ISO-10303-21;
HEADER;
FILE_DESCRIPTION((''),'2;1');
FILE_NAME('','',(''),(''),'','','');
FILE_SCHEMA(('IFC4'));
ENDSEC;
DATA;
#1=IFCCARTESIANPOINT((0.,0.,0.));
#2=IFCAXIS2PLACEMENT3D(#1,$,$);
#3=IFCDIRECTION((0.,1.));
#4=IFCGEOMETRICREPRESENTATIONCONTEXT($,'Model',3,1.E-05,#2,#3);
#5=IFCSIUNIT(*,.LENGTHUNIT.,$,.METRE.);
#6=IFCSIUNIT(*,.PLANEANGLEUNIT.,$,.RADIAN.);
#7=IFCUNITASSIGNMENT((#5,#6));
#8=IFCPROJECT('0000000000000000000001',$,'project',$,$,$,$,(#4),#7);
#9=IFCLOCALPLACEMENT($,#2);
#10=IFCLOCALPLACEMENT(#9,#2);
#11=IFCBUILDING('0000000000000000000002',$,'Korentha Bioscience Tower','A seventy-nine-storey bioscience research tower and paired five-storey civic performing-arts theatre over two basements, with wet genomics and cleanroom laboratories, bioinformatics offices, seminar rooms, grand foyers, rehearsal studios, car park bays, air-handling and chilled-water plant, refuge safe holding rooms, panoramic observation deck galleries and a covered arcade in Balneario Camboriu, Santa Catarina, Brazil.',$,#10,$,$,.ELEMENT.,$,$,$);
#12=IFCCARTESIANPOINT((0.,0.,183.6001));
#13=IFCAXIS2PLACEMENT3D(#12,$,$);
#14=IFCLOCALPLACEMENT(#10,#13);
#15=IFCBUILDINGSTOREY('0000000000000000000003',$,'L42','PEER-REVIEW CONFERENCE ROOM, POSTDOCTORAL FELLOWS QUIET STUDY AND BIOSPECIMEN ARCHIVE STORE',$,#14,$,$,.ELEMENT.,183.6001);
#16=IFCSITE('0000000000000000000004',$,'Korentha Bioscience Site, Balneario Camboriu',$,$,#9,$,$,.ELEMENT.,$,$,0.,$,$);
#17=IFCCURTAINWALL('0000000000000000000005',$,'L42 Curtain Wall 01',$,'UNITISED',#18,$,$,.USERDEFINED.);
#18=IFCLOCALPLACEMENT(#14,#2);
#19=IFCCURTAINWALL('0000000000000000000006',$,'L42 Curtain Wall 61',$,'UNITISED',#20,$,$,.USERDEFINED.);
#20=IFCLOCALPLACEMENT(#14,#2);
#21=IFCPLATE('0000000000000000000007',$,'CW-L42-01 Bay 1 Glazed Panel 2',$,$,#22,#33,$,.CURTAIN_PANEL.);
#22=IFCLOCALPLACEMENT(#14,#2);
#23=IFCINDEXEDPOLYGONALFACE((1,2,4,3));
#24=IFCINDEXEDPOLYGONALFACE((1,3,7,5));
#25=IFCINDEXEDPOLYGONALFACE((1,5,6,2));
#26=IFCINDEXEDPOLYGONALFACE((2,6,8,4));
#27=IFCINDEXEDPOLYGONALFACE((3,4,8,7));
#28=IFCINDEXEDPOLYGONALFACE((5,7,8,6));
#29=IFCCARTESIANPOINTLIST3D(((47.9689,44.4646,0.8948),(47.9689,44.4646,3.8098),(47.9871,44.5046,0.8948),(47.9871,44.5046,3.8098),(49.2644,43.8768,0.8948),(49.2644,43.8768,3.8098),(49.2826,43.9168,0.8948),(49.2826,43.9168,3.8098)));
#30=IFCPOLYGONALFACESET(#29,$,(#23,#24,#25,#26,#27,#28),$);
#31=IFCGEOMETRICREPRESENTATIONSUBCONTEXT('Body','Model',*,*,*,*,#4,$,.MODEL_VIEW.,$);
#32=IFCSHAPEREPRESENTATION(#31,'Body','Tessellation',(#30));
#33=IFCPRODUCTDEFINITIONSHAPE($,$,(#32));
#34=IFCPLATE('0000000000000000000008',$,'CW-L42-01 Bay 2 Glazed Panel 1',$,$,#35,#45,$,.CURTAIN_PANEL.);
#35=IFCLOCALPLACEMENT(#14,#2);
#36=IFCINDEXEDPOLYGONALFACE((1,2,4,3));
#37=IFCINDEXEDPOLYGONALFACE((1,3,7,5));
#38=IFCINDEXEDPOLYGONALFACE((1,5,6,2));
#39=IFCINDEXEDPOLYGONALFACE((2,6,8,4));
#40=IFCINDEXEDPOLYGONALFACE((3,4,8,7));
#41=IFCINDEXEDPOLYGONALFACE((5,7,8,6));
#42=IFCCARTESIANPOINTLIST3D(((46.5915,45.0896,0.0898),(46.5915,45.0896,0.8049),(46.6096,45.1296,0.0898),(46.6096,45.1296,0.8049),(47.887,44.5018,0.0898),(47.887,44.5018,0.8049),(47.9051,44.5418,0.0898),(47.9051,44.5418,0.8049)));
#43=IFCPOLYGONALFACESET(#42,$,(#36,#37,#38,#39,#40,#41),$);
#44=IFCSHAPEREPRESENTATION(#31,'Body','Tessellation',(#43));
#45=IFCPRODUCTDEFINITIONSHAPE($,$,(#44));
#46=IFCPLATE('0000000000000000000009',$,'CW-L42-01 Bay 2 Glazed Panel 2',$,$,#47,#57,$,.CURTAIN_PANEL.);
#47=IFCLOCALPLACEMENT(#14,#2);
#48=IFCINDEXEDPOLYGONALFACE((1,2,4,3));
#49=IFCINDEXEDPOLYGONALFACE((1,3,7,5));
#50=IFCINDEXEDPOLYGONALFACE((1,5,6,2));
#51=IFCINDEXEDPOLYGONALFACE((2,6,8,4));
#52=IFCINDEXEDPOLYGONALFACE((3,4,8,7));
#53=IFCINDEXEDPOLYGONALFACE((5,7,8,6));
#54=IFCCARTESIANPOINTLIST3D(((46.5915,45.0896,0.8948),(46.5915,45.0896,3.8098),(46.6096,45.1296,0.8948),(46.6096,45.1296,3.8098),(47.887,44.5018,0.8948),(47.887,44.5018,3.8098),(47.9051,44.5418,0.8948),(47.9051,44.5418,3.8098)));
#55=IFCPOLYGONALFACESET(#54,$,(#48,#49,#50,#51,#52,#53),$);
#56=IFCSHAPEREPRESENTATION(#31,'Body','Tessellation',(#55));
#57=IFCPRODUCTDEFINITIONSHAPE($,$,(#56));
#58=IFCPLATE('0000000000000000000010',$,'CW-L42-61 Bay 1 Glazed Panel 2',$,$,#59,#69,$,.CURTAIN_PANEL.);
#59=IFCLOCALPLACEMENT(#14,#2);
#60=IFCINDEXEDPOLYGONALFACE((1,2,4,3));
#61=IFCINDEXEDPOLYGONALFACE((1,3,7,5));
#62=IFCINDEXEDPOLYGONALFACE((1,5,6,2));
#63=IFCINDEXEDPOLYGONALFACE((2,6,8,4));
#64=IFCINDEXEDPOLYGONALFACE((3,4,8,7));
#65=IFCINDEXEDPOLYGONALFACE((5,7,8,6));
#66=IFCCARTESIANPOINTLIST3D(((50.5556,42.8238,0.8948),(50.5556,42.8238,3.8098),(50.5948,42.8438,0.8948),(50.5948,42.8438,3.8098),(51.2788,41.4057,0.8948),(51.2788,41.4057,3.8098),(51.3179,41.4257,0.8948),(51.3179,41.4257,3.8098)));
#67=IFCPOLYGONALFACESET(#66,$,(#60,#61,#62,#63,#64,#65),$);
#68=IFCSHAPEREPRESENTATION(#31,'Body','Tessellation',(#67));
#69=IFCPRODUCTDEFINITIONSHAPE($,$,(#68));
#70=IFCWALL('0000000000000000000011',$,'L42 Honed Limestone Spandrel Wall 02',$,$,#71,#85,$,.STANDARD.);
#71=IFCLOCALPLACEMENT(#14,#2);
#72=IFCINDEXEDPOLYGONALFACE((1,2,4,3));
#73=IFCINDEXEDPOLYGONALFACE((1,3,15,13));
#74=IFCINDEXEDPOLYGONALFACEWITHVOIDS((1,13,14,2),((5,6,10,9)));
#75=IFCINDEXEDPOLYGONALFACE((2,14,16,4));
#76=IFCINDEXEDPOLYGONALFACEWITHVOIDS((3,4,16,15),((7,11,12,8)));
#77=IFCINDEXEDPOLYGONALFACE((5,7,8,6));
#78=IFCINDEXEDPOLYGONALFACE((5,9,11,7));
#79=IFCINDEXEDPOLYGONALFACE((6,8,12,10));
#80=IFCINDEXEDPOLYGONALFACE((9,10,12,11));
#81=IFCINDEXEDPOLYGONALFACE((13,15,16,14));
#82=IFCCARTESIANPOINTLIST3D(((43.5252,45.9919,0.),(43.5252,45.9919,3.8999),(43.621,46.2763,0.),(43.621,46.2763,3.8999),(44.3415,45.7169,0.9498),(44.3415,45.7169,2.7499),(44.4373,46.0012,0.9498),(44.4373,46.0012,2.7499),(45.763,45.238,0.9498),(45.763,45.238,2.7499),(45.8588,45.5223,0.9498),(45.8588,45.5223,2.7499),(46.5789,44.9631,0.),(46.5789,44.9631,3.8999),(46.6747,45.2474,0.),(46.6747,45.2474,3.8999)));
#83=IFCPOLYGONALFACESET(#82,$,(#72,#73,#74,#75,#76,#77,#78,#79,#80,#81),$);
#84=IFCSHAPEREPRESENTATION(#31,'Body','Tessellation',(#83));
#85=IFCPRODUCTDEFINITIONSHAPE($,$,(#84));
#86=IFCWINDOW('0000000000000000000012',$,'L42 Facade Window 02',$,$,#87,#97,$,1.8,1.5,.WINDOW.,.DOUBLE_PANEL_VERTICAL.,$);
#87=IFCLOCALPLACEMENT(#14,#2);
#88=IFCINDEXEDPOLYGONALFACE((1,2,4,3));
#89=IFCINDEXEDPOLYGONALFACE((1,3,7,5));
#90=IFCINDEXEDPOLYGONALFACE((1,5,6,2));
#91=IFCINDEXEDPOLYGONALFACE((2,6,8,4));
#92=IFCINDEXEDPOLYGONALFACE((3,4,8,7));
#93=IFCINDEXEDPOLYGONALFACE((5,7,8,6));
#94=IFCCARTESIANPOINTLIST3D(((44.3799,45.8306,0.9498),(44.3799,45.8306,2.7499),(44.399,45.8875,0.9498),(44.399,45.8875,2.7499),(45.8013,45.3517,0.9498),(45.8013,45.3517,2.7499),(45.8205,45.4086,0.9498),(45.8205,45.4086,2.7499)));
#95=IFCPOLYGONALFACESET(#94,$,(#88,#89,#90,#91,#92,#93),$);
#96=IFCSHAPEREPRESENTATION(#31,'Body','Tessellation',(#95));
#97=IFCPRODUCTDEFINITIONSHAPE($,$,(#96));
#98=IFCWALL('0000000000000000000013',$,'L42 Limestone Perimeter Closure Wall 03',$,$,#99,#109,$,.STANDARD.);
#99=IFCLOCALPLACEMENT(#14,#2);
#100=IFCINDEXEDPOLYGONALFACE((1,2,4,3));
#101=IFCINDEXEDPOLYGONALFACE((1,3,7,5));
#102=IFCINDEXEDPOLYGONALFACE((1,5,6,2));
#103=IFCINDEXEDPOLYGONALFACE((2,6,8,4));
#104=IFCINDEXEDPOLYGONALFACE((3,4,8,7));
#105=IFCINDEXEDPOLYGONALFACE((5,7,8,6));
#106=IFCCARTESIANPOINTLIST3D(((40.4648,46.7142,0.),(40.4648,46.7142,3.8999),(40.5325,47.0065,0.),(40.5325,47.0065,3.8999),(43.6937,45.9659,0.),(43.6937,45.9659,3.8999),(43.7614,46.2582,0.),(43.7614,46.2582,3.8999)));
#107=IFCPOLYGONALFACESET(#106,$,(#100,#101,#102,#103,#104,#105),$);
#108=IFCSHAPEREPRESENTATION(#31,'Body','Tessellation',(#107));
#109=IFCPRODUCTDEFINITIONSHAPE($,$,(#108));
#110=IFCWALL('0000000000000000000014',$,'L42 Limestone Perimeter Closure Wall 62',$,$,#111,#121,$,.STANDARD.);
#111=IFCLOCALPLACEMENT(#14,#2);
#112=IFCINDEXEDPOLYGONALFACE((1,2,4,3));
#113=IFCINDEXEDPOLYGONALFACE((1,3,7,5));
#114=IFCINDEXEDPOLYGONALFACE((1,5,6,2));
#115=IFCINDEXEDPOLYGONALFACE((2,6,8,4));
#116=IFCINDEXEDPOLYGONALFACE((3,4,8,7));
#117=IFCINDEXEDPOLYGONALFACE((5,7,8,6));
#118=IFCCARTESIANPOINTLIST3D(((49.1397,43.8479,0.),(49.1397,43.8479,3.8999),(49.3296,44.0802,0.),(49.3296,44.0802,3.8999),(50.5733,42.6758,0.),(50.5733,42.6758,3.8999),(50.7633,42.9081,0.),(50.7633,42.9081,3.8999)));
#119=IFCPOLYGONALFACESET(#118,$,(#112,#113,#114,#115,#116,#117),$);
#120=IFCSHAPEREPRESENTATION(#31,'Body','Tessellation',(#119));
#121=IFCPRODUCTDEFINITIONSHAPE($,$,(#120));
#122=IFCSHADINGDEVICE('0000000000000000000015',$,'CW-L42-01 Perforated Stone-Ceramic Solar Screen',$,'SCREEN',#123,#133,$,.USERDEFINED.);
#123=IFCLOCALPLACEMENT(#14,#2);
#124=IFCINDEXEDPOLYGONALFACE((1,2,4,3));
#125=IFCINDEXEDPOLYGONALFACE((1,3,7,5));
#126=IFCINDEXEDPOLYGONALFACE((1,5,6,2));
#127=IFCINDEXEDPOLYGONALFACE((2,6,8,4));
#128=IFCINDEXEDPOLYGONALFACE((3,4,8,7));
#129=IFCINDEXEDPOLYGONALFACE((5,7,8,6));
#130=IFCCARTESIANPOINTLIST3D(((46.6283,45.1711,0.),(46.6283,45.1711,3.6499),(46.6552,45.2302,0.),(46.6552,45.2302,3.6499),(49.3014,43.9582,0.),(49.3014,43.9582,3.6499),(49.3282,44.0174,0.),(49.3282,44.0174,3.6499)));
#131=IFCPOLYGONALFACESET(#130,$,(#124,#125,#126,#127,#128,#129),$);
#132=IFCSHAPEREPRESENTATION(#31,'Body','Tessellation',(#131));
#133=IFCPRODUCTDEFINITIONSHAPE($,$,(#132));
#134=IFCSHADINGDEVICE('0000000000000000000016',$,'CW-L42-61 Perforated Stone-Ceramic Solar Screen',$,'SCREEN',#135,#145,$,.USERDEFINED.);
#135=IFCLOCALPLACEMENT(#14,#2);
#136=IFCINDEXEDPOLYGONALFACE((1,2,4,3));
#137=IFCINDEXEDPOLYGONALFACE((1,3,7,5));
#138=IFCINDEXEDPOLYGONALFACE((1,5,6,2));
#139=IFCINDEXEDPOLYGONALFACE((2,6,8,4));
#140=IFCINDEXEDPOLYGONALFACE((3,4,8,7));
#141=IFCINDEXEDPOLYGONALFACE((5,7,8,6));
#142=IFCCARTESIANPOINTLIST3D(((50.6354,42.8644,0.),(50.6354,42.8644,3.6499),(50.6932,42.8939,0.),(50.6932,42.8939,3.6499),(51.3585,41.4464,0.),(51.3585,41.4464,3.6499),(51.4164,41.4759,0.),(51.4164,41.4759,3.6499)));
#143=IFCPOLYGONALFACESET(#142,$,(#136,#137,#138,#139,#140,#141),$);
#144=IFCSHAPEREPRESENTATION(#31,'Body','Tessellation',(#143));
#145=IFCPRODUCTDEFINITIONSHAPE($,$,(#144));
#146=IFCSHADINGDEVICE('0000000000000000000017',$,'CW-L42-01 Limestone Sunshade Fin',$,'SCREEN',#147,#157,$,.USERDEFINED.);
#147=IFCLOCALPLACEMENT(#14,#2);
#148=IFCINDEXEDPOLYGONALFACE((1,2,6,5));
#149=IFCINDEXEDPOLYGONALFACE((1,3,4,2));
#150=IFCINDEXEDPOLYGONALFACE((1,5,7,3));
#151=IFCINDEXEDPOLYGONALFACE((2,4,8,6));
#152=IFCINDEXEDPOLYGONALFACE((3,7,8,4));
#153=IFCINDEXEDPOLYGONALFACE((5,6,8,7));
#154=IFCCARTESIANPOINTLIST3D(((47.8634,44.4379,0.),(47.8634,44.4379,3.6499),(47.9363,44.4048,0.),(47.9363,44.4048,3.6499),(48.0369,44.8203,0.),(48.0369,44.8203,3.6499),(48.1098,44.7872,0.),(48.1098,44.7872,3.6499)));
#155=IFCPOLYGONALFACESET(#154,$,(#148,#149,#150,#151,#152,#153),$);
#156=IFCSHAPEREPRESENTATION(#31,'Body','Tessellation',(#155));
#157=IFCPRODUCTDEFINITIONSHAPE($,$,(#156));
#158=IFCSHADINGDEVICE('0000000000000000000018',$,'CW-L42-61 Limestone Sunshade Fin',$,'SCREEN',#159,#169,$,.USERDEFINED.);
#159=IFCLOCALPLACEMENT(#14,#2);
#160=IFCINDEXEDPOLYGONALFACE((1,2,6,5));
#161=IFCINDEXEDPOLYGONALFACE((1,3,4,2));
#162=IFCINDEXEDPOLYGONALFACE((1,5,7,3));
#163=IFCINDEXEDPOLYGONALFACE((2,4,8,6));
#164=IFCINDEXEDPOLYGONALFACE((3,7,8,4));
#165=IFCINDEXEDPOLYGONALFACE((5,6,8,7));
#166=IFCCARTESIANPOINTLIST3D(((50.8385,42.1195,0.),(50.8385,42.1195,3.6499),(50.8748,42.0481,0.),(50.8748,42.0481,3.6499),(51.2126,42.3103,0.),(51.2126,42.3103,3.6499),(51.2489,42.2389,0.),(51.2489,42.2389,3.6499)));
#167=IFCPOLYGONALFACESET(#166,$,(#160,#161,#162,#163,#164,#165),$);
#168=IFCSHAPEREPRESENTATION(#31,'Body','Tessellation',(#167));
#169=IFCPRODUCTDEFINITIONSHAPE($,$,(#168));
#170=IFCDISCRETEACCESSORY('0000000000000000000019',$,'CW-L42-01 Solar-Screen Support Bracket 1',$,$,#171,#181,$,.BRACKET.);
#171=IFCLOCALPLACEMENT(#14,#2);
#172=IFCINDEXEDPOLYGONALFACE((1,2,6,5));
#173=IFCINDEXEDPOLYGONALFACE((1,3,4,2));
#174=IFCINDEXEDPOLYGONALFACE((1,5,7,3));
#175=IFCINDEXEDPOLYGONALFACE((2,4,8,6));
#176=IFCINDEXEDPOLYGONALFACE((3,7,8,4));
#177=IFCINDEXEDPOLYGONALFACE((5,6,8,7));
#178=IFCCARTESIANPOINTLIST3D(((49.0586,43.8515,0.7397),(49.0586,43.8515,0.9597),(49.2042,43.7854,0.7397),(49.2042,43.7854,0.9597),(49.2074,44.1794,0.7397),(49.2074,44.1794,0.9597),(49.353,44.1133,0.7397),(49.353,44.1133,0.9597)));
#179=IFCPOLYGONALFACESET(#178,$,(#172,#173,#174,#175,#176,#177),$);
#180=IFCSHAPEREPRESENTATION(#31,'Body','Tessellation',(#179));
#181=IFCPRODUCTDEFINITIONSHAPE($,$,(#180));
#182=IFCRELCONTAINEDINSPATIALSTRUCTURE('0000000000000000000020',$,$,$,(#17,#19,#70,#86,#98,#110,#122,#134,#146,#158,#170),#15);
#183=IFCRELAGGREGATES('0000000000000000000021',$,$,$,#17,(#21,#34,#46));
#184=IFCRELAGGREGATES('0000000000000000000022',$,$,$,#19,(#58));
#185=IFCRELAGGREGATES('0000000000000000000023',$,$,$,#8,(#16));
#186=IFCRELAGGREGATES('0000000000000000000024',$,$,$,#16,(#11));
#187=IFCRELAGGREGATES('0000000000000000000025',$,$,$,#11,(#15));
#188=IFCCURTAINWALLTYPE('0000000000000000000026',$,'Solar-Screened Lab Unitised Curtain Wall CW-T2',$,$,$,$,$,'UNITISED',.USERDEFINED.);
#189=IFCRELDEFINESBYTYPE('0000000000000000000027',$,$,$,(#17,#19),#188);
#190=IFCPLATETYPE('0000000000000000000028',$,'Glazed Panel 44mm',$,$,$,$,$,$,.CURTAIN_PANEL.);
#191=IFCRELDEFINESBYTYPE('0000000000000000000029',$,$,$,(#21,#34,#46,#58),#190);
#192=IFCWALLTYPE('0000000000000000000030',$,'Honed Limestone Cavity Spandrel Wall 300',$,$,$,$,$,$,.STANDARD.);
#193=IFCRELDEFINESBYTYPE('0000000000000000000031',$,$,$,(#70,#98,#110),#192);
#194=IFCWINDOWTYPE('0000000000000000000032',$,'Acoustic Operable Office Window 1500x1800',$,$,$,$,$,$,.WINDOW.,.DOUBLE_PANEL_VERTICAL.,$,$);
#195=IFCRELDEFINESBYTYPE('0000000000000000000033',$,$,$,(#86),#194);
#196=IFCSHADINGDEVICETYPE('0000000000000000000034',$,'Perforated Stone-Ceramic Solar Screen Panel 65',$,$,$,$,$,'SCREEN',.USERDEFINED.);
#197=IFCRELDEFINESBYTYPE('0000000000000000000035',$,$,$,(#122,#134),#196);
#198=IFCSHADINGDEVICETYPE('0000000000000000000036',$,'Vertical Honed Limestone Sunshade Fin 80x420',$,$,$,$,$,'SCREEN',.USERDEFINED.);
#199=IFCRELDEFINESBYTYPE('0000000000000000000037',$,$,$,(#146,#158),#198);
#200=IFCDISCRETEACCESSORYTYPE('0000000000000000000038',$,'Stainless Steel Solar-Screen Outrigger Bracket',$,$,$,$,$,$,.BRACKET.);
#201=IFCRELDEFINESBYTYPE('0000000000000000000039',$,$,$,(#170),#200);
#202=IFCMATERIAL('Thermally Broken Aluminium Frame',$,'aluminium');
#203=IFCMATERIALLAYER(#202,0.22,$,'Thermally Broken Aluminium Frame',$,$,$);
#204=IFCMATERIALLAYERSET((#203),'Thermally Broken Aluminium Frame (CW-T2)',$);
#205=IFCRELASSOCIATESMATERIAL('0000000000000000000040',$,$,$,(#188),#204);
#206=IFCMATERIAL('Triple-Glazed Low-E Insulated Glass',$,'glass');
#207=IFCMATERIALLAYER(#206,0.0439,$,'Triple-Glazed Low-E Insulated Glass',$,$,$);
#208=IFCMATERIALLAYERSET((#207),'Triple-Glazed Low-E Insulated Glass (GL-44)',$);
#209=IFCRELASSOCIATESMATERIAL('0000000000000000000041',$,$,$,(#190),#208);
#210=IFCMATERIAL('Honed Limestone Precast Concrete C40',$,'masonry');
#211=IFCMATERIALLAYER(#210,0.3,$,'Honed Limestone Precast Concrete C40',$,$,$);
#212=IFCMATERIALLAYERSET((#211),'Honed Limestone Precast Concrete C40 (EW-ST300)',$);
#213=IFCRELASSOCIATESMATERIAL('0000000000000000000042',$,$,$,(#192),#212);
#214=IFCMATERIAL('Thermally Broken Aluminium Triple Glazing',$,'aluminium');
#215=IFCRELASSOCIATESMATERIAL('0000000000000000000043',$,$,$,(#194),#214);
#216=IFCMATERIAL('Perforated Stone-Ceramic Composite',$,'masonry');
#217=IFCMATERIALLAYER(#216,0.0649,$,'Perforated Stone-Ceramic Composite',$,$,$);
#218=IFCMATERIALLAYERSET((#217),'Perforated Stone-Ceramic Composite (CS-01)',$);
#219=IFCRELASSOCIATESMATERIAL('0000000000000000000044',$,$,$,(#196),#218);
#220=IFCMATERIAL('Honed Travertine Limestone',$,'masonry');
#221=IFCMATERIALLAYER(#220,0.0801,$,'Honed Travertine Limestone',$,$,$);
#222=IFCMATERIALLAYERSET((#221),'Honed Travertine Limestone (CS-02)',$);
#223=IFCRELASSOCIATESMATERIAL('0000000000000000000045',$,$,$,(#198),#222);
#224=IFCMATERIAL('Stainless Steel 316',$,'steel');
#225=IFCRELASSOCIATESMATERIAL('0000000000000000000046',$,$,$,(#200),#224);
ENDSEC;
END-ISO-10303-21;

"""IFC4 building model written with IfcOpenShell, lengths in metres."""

from ifc_helpers import new_model, si_unit, direction, frame, frame_2d, origin, origin_2d, place, context, subcontext, project, spatial, rectangle, extrude, material, layer, layer_set, type_object, element, fill, aggregate, save


model = new_model("IFC4")

# Units and contexts
model_context = context("Model", 3, precision=1e-05, world=origin(), true_north=direction((0.0, 1.0)))
body_context = subcontext(model_context, "Body", "Model", "MODEL_VIEW")
ifc_project = project(units=[si_unit("LENGTHUNIT", "METRE"), si_unit("PLANEANGLEUNIT", "RADIAN")], contexts=[model_context])

# Site, building, storey
site_placement = place(None, origin())
site = spatial("IfcSite", under=ifc_project, at=site_placement, Name="Korentha Bioscience Site, Balneario Camboriu", CompositionType="ELEMENT", RefElevation=0.0)
building_placement = place(site_placement, origin())
building = spatial("IfcBuilding", under=site, at=building_placement, Name="Korentha Bioscience Tower", Description="A seventy-nine-storey bioscience research tower and paired five-storey civic performing-arts theatre over two basements, with wet genomics and cleanroom laboratories, bioinformatics offices, seminar rooms, grand foyers, rehearsal studios, car park bays, air-handling and chilled-water plant, refuge safe holding rooms, panoramic observation deck galleries and a covered arcade in Balneario Camboriu, Santa Catarina, Brazil.", CompositionType="ELEMENT")
storey_placement = place(building_placement, frame((0.0, 0.0, 183.6001)))
storey = spatial("IfcBuildingStorey", under=building, at=storey_placement, Name="L42", Description="PEER-REVIEW CONFERENCE ROOM, POSTDOCTORAL FELLOWS QUIET STUDY AND BIOSPECIMEN ARCHIVE STORE", CompositionType="ELEMENT", Elevation=183.6001)

# Curtain wall
ifc_material_1 = material(Name="Thermally Broken Aluminium Frame", Category="aluminium")
ifc_layer_1 = layer(ifc_material_1, 0.22, Name="Thermally Broken Aluminium Frame")
ifc_layer_set_1 = layer_set([ifc_layer_1], Name="Thermally Broken Aluminium Frame (CW-T2)")
curtain_wall_type = type_object("IfcCurtainWallType", Name="Solar-Screened Lab Unitised Curtain Wall CW-T2", ElementType="UNITISED", PredefinedType="USERDEFINED", material=ifc_layer_set_1)
curtain_wall_1_placement = place(storey_placement, origin())
curtain_wall_1 = element("IfcCurtainWall", 1, at=curtain_wall_1_placement, inside=storey, type_object=curtain_wall_type, Name="L42 Curtain Wall 01", ObjectType="UNITISED", PredefinedType="USERDEFINED")

# Curtain wall
curtain_wall_2_placement = place(storey_placement, origin())
curtain_wall_2 = element("IfcCurtainWall", 2, at=curtain_wall_2_placement, inside=storey, type_object=curtain_wall_type, Name="L42 Curtain Wall 61", ObjectType="UNITISED", PredefinedType="USERDEFINED")

# Plates
ifc_material_2 = material(Name="Triple-Glazed Low-E Insulated Glass", Category="glass")
ifc_layer_2 = layer(ifc_material_2, 0.0439, Name="Triple-Glazed Low-E Insulated Glass")
ifc_layer_set_2 = layer_set([ifc_layer_2], Name="Triple-Glazed Low-E Insulated Glass (GL-44)")
plate_type = type_object("IfcPlateType", Name="Glazed Panel 44mm", PredefinedType="CURTAIN_PANEL", material=ifc_layer_set_2)
plate_1_placement = place(storey_placement, frame((48.6257, 44.1907, 0.8948), z_axis=(0.0, 0.0, 1.0), x_axis=(-0.910644, 0.413191, 0.0)))
plate_1 = element("IfcPlate", 3, at=plate_1_placement, type_object=plate_type, Name="CW-L42-01 Bay 1 Glazed Panel 2", PredefinedType="CURTAIN_PANEL", context=body_context, shape_type="SweptSolid", body=[
    extrude(rectangle(XDim=1.4226, YDim=0.0439, at=origin_2d()), origin(), (0.0, 0.0, 1.0), 2.915),
])
plate_2_placement = place(storey_placement, frame((47.2483, 44.8157, 0.0898), z_axis=(0.0, 0.0, 1.0), x_axis=(-0.910644, 0.413191, 0.0)))
plate_2 = element("IfcPlate", 4, at=plate_2_placement, type_object=plate_type, Name="CW-L42-01 Bay 2 Glazed Panel 1", PredefinedType="CURTAIN_PANEL", context=body_context, shape_type="SweptSolid", body=[
    extrude(rectangle(XDim=1.4226, YDim=0.0439, at=origin_2d()), origin(), (0.0, 0.0, 1.0), 0.7151),
])
plate_3_placement = place(storey_placement, frame((47.2483, 44.8157, 0.8948), z_axis=(0.0, 0.0, 1.0), x_axis=(-0.910644, 0.413191, 0.0)))
plate_3 = element("IfcPlate", 5, at=plate_3_placement, type_object=plate_type, Name="CW-L42-01 Bay 2 Glazed Panel 2", PredefinedType="CURTAIN_PANEL", context=body_context, shape_type="SweptSolid", body=[
    extrude(rectangle(XDim=1.4226, YDim=0.0439, at=origin_2d()), origin(), (0.0, 0.0, 1.0), 2.915),
])
aggregate(curtain_wall_1, [plate_1, plate_2, plate_3])
plate_4_placement = place(storey_placement, frame((50.9368, 42.1248, 0.8948), z_axis=(0.0, 0.0, 1.0), x_axis=(-0.454288, 0.890855, 0.0)))
plate_4 = element("IfcPlate", 6, at=plate_4_placement, type_object=plate_type, Name="CW-L42-61 Bay 1 Glazed Panel 2", PredefinedType="CURTAIN_PANEL", context=body_context, shape_type="SweptSolid", body=[
    extrude(rectangle(XDim=1.5918, YDim=0.0439, at=origin_2d()), origin(), (0.0, 0.0, 1.0), 2.915),
])
aggregate(curtain_wall_2, [plate_4])

# Wall, opening, window
ifc_material_3 = material(Name="Honed Limestone Precast Concrete C40", Category="masonry")
ifc_layer_3 = layer(ifc_material_3, 0.3, Name="Honed Limestone Precast Concrete C40")
ifc_layer_set_3 = layer_set([ifc_layer_3], Name="Honed Limestone Precast Concrete C40 (EW-ST300)")
wall_type = type_object("IfcWallType", Name="Honed Limestone Cavity Spandrel Wall 300", PredefinedType="STANDARD", material=ifc_layer_set_3)
wall_1_placement = place(storey_placement, frame((46.627, 45.1052, 0.0), z_axis=(0.0, 0.0, 1.0), x_axis=(-0.947663, 0.319272, 0.0)))
wall_1 = element("IfcWall", 7, at=wall_1_placement, inside=storey, type_object=wall_type, Name="L42 Honed Limestone Spandrel Wall 02", PredefinedType="STANDARD", context=body_context, shape_type="SweptSolid", body=[
    extrude(rectangle(XDim=3.2224, YDim=0.3, at=frame_2d((1.6113, 0.0))), origin(), (0.0, 0.0, 1.0), 3.8999),
])
opening_placement = place(wall_1_placement, frame((0.8611, 0.0, 0.95)))
opening = element("IfcOpeningElement", 8, at=opening_placement, cuts=wall_1, PredefinedType="OPENING", context=body_context, shape_type="SweptSolid", body=[
    extrude(rectangle(XDim=1.5, YDim=1.8, at=frame_2d((0.75, 0.8999))), frame((0.0, 0.165, 0.0), z_axis=(0.0, -1.0, 0.0), x_axis=(1.0, 0.0, 0.0)), (0.0, 0.0, 1.0), 0.3298),
])
ifc_material_4 = material(Name="Thermally Broken Aluminium Triple Glazing", Category="aluminium")
window_type = type_object("IfcWindowType", Name="Acoustic Operable Office Window 1500x1800", PartitioningType="DOUBLE_PANEL_VERTICAL", PredefinedType="WINDOW", material=ifc_material_4)
window_placement = place(opening_placement, origin())
window = element("IfcWindow", 9, at=window_placement, inside=storey, type_object=window_type, Name="L42 Facade Window 02", OverallHeight=1.8, OverallWidth=1.5, PartitioningType="DOUBLE_PANEL_VERTICAL", PredefinedType="WINDOW", context=body_context, shape_type="SweptSolid", body=[
    extrude(rectangle(XDim=1.5, YDim=1.8, at=frame_2d((0.75, 0.8999))), frame((0.0, 0.03, 0.0), z_axis=(0.0, -1.0, 0.0), x_axis=(1.0, 0.0, 0.0)), (0.0, 0.0, 1.0), 0.0601),
])
fill(opening, window)

# Walls
wall_2_placement = place(storey_placement, frame((43.7275, 46.1121, 0.0), z_axis=(0.0, 0.0, 1.0), x_axis=(-0.97418, 0.225774, 0.0)))
element("IfcWall", 10, at=wall_2_placement, inside=storey, type_object=wall_type, Name="L42 Limestone Perimeter Closure Wall 03", PredefinedType="STANDARD", context=body_context, shape_type="SweptSolid", body=[
    extrude(rectangle(XDim=3.3145, YDim=0.3, at=frame_2d((1.6572, 0.0))), origin(), (0.0, 0.0, 1.0), 3.8999),
])
wall_3_placement = place(storey_placement, frame((50.6682, 42.792, 0.0), z_axis=(0.0, 0.0, 1.0), x_axis=(-0.774175, 0.632972, 0.0)))
element("IfcWall", 11, at=wall_3_placement, inside=storey, type_object=wall_type, Name="L42 Limestone Perimeter Closure Wall 62", PredefinedType="STANDARD", context=body_context, shape_type="SweptSolid", body=[
    extrude(rectangle(XDim=1.8518, YDim=0.3, at=frame_2d((0.9258, 0.0))), origin(), (0.0, 0.0, 1.0), 3.8999),
])

# Shading devices
ifc_material_5 = material(Name="Perforated Stone-Ceramic Composite", Category="masonry")
ifc_layer_4 = layer(ifc_material_5, 0.0649, Name="Perforated Stone-Ceramic Composite")
ifc_layer_set_4 = layer_set([ifc_layer_4], Name="Perforated Stone-Ceramic Composite (CS-01)")
shading_device_type_1 = type_object("IfcShadingDeviceType", Name="Perforated Stone-Ceramic Solar Screen Panel 65", ElementType="SCREEN", PredefinedType="USERDEFINED", material=ifc_layer_set_4)
shading_device_1_placement = place(storey_placement, frame((47.9783, 44.5942, 0.0), z_axis=(0.0, 0.0, 1.0), x_axis=(-0.910644, 0.413191, 0.0)))
element("IfcShadingDevice", 12, at=shading_device_1_placement, inside=storey, type_object=shading_device_type_1, Name="CW-L42-01 Perforated Stone-Ceramic Solar Screen", ObjectType="SCREEN", PredefinedType="USERDEFINED", context=body_context, shape_type="SweptSolid", body=[
    extrude(rectangle(XDim=2.9353, YDim=0.0649, at=origin_2d()), origin(), (0.0, 0.0, 1.0), 3.6499),
])
shading_device_2_placement = place(storey_placement, frame((51.0259, 42.1702, 0.0), z_axis=(0.0, 0.0, 1.0), x_axis=(-0.454288, 0.890855, 0.0)))
element("IfcShadingDevice", 13, at=shading_device_2_placement, inside=storey, type_object=shading_device_type_1, Name="CW-L42-61 Perforated Stone-Ceramic Solar Screen", ObjectType="SCREEN", PredefinedType="USERDEFINED", context=body_context, shape_type="SweptSolid", body=[
    extrude(rectangle(XDim=1.5918, YDim=0.0649, at=origin_2d()), origin(), (0.0, 0.0, 1.0), 3.6499),
])
ifc_material_6 = material(Name="Honed Travertine Limestone", Category="masonry")
ifc_layer_5 = layer(ifc_material_6, 0.0801, Name="Honed Travertine Limestone")
ifc_layer_set_5 = layer_set([ifc_layer_5], Name="Honed Travertine Limestone (CS-02)")
shading_device_type_2 = type_object("IfcShadingDeviceType", Name="Vertical Honed Limestone Sunshade Fin 80x420", ElementType="SCREEN", PredefinedType="USERDEFINED", material=ifc_layer_set_5)
for number, where, z_axis, x_axis, name in (
    (14, (47.9866, 44.6125, 0.0), (0.0, 0.0, 1.0), (-0.910644, 0.413191, 0.0), "CW-L42-01 Limestone Sunshade Fin"),
    (15, (51.0437, 42.1792, 0.0), (0.0, 0.0, 1.0), (-0.454288, 0.890855, 0.0), "CW-L42-61 Limestone Sunshade Fin"),
):
    element("IfcShadingDevice", number, at=place(storey_placement, frame(where, z_axis=z_axis, x_axis=x_axis)), inside=storey, type_object=shading_device_type_2, Name=name, ObjectType="SCREEN", PredefinedType="USERDEFINED", context=body_context, shape_type="SweptSolid", body=[
        extrude(rectangle(XDim=0.0801, YDim=0.4199, at=origin_2d()), origin(), (0.0, 0.0, 1.0), 3.6499),
    ])

# Discrete accessory
ifc_material_7 = material(Name="Stainless Steel 316", Category="steel")
discrete_accessory_type = type_object("IfcDiscreteAccessoryType", Name="Stainless Steel Solar-Screen Outrigger Bracket", PredefinedType="BRACKET", material=ifc_material_7)
for number, where, z_axis, x_axis, name in (
    (16, (49.2058, 43.9824, 0.7397), (0.0, 0.0, 1.0), (-0.910644, 0.413191, 0.0), "CW-L42-01 Solar-Screen Support Bracket 1"),
):
    element("IfcDiscreteAccessory", number, at=place(storey_placement, frame(where, z_axis=z_axis, x_axis=x_axis)), inside=storey, type_object=discrete_accessory_type, Name=name, PredefinedType="BRACKET", context=body_context, shape_type="SweptSolid", body=[
        extrude(rectangle(XDim=0.1599, YDim=0.3601, at=origin_2d()), origin(), (0.0, 0.0, 1.0), 0.22),
    ])

save(model, "model.ifc")
